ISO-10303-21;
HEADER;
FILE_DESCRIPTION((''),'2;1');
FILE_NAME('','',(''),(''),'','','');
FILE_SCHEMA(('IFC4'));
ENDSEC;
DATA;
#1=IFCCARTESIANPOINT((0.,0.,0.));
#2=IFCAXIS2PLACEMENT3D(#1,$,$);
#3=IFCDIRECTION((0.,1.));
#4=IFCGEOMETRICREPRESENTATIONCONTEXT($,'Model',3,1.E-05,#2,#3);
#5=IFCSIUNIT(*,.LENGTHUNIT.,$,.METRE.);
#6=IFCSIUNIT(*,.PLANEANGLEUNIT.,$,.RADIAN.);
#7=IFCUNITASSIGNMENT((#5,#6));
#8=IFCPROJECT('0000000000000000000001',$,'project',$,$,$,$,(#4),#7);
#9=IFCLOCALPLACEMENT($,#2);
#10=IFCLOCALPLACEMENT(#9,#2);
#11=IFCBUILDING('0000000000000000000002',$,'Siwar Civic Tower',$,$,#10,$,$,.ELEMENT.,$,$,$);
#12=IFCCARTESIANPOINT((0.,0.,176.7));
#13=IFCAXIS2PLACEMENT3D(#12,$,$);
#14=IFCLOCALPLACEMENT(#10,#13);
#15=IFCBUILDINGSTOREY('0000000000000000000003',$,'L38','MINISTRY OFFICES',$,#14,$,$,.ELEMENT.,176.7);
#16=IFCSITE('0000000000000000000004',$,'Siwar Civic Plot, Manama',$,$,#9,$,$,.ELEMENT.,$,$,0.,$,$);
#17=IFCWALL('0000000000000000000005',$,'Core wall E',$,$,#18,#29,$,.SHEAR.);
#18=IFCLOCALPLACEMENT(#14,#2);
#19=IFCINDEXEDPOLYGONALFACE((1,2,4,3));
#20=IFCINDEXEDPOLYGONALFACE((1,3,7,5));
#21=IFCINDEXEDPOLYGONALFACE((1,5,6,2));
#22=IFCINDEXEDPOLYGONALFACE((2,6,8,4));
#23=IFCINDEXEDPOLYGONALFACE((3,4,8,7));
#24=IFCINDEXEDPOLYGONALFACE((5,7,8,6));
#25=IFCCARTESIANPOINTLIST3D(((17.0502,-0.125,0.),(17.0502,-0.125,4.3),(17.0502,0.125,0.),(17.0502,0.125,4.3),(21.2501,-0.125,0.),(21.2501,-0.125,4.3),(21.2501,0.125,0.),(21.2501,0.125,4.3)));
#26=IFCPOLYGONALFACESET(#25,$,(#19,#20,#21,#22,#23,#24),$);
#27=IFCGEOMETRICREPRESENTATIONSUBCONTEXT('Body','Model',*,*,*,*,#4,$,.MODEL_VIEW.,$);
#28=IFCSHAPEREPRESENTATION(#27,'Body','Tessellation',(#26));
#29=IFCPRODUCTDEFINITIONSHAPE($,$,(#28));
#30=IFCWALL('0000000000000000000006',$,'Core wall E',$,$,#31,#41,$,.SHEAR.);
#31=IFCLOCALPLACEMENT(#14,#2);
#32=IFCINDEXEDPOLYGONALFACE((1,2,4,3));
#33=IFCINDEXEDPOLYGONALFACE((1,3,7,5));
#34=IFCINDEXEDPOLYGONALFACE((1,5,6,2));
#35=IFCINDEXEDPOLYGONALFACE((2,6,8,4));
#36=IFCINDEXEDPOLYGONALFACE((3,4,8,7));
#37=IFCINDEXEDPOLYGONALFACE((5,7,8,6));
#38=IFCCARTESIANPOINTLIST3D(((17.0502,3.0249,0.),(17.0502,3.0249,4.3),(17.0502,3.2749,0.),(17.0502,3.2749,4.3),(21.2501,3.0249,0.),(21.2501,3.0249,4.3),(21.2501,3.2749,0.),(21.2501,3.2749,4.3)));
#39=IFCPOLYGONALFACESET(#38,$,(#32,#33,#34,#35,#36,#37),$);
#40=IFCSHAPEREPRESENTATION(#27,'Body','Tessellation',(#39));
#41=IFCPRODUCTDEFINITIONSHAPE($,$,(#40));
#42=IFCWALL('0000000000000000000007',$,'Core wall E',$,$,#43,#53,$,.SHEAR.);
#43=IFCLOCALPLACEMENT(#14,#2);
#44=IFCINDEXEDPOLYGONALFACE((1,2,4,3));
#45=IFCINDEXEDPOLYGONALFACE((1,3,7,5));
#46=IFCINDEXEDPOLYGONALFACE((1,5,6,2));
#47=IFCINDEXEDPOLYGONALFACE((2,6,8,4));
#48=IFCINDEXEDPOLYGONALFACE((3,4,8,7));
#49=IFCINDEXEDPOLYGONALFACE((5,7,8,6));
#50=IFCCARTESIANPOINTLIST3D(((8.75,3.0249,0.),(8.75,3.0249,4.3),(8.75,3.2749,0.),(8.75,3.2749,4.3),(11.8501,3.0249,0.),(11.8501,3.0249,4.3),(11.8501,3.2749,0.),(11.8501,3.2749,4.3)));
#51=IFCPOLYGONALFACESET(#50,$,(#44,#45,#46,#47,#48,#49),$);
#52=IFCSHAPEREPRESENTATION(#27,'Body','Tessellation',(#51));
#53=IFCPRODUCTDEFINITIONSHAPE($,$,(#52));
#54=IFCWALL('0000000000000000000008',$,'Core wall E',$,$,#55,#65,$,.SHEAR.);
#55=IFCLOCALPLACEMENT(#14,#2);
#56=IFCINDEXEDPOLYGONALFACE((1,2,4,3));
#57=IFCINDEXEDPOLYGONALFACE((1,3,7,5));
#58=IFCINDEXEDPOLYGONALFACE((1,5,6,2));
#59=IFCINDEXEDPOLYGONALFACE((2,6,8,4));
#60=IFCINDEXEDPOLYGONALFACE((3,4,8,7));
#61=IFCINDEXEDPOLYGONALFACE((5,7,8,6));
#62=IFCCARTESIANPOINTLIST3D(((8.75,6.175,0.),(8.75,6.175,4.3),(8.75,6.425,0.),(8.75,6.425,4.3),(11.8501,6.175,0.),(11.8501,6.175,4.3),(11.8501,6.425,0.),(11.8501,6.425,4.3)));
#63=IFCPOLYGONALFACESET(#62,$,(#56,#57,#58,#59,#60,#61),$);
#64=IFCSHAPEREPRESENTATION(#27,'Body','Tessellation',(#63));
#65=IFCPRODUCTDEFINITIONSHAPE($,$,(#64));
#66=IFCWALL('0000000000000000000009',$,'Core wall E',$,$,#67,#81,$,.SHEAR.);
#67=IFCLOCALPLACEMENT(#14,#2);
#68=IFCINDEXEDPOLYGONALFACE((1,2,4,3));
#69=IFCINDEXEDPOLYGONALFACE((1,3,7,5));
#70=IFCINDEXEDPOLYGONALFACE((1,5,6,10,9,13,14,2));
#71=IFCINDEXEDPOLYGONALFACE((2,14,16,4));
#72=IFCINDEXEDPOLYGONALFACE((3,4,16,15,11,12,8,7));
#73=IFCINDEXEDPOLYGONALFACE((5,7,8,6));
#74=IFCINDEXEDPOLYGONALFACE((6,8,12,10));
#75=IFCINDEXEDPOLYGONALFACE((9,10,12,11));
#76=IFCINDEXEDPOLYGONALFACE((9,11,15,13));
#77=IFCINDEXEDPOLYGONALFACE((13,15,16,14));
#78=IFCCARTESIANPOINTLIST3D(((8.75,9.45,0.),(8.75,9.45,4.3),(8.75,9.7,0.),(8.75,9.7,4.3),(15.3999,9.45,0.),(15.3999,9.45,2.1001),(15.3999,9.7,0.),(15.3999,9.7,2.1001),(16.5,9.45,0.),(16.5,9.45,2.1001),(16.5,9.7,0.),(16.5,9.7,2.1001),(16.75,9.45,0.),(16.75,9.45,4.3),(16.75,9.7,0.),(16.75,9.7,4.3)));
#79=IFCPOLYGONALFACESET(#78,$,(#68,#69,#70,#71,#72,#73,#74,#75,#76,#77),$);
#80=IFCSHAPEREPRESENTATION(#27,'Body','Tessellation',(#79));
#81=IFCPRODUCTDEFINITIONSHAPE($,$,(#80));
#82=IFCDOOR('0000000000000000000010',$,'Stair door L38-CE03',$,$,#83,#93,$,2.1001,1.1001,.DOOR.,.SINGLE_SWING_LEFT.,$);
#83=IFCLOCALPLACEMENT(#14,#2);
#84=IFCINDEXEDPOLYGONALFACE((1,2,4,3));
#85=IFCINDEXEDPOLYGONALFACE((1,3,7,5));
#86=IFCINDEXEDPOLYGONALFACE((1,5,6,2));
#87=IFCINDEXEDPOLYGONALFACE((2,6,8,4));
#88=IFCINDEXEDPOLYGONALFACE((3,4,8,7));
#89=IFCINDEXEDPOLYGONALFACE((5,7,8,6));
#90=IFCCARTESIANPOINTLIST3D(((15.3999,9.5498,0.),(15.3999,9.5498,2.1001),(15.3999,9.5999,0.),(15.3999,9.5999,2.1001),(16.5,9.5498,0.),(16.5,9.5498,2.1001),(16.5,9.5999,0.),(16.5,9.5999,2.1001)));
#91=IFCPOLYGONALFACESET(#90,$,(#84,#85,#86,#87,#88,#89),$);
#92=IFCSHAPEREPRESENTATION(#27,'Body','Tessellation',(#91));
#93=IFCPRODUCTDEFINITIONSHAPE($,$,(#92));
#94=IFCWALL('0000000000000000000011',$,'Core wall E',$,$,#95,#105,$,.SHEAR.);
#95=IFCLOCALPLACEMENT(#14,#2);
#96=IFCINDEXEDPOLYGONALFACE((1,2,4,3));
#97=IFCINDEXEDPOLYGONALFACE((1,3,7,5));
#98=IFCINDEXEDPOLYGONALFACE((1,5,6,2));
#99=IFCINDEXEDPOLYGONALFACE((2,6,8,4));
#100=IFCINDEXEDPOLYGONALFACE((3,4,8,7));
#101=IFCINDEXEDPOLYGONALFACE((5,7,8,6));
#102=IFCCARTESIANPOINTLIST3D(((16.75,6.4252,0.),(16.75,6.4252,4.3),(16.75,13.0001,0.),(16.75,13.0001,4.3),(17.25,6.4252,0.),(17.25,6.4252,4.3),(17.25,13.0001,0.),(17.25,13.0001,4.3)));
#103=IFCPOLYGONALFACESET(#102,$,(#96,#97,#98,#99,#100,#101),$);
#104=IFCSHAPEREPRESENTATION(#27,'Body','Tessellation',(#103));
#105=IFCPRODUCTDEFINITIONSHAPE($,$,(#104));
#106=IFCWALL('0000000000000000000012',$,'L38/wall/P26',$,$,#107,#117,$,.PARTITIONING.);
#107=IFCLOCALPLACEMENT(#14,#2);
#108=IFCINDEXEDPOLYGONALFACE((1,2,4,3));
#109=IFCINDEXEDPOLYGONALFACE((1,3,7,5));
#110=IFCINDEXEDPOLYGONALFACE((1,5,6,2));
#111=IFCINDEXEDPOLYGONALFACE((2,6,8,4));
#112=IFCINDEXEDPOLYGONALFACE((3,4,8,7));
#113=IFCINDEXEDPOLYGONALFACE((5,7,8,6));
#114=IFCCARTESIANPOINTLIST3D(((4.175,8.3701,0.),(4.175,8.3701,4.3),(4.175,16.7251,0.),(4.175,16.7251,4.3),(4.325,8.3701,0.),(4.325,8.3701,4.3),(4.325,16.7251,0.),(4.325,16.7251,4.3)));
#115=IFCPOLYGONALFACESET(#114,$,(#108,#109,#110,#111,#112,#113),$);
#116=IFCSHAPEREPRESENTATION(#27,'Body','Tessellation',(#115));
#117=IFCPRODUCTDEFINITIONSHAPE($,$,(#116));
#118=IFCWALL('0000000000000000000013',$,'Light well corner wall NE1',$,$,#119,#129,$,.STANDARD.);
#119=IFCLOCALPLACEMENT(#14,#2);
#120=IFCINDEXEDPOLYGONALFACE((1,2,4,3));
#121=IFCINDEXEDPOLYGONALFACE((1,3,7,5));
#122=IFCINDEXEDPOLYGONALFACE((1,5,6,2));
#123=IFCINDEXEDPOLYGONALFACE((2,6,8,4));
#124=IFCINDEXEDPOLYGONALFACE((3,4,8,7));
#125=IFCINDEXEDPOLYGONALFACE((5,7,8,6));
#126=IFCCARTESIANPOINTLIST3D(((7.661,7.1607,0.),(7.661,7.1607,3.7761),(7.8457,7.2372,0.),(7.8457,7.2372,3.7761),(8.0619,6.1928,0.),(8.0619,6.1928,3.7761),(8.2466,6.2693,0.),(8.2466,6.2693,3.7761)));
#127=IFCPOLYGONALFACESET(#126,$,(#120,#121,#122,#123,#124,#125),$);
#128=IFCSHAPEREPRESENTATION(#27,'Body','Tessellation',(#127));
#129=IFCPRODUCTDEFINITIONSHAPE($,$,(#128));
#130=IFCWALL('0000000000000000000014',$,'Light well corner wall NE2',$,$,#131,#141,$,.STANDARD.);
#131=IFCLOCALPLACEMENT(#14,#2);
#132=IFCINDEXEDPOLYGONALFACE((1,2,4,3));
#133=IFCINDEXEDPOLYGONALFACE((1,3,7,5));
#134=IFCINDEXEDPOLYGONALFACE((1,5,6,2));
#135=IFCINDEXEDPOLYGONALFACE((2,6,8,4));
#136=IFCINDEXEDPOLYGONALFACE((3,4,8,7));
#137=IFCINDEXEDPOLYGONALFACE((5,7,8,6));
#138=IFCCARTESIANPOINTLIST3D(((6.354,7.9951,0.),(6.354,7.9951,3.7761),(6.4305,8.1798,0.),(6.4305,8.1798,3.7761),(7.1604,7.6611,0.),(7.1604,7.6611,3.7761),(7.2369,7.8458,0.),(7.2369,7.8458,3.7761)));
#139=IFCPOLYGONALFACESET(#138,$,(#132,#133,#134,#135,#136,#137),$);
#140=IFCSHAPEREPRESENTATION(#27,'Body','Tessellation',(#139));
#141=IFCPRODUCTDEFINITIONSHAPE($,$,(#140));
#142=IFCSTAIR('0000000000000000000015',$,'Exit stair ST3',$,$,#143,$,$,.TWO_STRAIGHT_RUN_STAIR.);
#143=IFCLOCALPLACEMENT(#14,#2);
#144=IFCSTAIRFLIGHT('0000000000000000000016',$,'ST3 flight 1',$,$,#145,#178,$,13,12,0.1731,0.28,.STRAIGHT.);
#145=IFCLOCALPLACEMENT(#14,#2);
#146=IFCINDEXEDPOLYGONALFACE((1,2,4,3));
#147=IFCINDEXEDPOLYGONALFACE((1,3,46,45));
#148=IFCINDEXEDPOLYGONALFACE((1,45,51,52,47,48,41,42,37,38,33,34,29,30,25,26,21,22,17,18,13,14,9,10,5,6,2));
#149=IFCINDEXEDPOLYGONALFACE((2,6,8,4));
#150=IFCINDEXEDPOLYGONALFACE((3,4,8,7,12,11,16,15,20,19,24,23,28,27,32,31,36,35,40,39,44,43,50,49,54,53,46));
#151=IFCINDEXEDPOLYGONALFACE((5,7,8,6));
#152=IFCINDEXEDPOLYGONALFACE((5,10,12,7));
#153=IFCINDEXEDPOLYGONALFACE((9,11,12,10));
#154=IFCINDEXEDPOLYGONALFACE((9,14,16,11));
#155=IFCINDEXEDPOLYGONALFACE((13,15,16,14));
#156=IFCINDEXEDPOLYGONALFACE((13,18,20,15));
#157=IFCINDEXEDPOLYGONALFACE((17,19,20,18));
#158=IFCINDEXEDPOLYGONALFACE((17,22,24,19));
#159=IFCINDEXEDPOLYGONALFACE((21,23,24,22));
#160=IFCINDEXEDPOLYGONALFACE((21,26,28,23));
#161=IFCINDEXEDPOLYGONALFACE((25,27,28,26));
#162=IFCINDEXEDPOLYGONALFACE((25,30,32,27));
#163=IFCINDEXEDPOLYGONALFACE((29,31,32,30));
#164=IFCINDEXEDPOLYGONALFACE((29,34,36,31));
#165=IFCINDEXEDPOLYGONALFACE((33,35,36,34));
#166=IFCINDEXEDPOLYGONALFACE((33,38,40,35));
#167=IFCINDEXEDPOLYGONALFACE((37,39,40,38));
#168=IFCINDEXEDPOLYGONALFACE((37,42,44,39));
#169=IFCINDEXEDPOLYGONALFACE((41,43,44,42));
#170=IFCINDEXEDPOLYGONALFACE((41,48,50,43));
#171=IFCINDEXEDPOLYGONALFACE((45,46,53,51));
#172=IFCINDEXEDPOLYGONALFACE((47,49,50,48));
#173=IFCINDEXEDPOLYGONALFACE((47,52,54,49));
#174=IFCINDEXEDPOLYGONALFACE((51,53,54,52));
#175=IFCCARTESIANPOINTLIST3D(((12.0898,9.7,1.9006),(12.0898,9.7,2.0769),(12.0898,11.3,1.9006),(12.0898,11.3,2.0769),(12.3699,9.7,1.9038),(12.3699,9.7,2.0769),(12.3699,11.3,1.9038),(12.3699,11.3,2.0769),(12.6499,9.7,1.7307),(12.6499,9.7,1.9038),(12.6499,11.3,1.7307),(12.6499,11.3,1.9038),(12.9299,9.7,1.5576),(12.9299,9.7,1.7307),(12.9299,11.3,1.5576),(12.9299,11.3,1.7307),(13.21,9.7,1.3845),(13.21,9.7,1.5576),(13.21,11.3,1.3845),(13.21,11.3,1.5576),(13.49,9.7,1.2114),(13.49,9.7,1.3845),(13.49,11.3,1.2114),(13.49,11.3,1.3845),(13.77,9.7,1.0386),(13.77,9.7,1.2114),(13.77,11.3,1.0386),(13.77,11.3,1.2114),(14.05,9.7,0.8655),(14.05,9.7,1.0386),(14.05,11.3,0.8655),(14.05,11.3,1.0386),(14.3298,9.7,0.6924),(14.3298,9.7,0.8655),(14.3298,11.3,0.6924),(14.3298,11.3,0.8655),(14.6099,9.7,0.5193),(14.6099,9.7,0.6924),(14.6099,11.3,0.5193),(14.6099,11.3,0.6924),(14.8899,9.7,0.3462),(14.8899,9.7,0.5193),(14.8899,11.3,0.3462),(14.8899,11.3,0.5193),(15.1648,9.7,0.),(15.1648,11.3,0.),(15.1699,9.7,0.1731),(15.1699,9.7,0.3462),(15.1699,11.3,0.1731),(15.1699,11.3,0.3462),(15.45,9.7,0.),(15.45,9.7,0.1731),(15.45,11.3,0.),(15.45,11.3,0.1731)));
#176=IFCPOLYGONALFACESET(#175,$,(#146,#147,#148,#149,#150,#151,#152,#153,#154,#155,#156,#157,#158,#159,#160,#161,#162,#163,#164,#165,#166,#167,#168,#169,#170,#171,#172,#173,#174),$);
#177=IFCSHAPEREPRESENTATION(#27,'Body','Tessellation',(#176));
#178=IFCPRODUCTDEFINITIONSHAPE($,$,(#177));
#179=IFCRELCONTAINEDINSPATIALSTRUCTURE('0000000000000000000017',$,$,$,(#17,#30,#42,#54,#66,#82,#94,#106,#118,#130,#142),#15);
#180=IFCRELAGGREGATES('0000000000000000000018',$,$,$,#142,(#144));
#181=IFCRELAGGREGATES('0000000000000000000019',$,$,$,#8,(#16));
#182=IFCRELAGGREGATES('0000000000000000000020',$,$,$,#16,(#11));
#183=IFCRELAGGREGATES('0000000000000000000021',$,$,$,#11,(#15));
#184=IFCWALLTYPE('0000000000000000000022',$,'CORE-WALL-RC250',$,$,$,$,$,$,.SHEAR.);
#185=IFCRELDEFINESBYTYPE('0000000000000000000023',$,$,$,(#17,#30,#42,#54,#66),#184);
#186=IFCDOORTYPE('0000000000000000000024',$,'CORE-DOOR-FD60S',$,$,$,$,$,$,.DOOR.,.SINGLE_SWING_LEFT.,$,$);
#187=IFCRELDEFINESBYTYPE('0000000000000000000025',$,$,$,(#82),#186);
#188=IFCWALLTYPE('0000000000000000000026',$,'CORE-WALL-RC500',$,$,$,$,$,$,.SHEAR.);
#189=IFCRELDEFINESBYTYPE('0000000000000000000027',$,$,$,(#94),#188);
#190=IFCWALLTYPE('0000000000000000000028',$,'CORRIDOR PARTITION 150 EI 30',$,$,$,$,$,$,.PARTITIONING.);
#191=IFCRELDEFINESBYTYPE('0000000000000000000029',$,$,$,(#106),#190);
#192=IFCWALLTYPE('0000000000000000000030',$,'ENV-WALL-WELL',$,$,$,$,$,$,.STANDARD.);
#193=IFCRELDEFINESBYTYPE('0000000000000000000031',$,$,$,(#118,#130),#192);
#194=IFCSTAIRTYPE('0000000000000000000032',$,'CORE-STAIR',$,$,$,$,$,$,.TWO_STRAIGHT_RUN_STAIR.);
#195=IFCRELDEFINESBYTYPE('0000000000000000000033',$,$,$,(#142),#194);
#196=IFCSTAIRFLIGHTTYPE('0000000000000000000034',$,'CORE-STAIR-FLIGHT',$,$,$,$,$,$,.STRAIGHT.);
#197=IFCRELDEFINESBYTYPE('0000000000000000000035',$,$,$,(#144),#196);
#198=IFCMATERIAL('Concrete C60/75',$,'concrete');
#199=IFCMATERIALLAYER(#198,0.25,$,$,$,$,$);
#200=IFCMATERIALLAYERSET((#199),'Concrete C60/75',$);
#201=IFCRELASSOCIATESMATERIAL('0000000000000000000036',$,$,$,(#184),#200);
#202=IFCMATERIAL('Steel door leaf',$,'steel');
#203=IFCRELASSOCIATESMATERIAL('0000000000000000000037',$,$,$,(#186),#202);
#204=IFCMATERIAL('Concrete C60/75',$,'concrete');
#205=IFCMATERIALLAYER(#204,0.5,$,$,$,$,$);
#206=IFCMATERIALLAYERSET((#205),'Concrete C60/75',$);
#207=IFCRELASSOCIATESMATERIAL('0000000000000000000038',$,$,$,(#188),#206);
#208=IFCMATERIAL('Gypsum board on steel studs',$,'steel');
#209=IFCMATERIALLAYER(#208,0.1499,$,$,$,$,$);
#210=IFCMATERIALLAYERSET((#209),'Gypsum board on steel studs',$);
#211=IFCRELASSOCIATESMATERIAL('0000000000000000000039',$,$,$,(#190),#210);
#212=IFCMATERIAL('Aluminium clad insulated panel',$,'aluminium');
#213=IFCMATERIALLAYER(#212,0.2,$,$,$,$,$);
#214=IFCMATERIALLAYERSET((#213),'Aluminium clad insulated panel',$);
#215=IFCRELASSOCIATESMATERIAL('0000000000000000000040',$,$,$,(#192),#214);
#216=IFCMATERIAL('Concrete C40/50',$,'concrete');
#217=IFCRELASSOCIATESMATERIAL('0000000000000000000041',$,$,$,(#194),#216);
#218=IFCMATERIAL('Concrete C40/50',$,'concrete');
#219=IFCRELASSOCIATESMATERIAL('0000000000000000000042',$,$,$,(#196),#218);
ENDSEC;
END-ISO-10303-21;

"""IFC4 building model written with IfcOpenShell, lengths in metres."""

from ifc_helpers import new_model, si_unit, direction, frame, frame_2d, origin, place, context, subcontext, project, spatial, polyline, rectangle, outline, extrude, material, layer, layer_set, type_object, element, fill, aggregate, save


model = new_model("IFC4")

# Units and contexts
model_context = context("Model", 3, precision=1e-05, world=origin(), true_north=direction((0.0, 1.0)))
body_context = subcontext(model_context, "Body", "Model", "MODEL_VIEW")
ifc_project = project(units=[si_unit("LENGTHUNIT", "METRE"), si_unit("PLANEANGLEUNIT", "RADIAN")], contexts=[model_context])

# Site, building, storey
site_placement = place(None, origin())
site = spatial("IfcSite", under=ifc_project, at=site_placement, Name="Siwar Civic Plot, Manama", CompositionType="ELEMENT", RefElevation=0.0)
building_placement = place(site_placement, origin())
building = spatial("IfcBuilding", under=site, at=building_placement, Name="Siwar Civic Tower", CompositionType="ELEMENT")
storey_placement = place(building_placement, frame((0.0, 0.0, 176.7)))
storey = spatial("IfcBuildingStorey", under=building, at=storey_placement, Name="L38", Description="MINISTRY OFFICES", CompositionType="ELEMENT", Elevation=176.7)

# Shared definitions
ifc_material_1 = material(Name="Concrete C60/75", Category="concrete")
ifc_layer_1 = layer(ifc_material_1, 0.25)
ifc_layer_set_1 = layer_set([ifc_layer_1], Name="Concrete C60/75")
wall_type_1 = type_object("IfcWallType", Name="CORE-WALL-RC250", PredefinedType="SHEAR", material=ifc_layer_set_1)

# Walls
for number, where, z_axis, x_axis, name in (
    (1, (17.05, 0.0, 0.0), (0.0, 0.0, 1.0), (1.0, 0.0, 0.0), "Core wall E"),
    (2, (17.05, 3.1499, 0.0), (0.0, 0.0, 1.0), (1.0, 0.0, 0.0), "Core wall E"),
):
    element("IfcWall", number, at=place(storey_placement, frame(where, z_axis=z_axis, x_axis=x_axis)), inside=storey, type_object=wall_type_1, Name=name, PredefinedType="SHEAR", context=body_context, shape_type="SweptSolid", body=[
        extrude(rectangle(XDim=4.2, YDim=0.25, at=frame_2d((2.1001, 0.0))), origin(), (0.0, 0.0, 1.0), 4.3),
    ])
for number, where, z_axis, x_axis, name in (
    (3, (8.75, 3.1499, 0.0), (0.0, 0.0, 1.0), (1.0, 0.0, 0.0), "Core wall E"),
    (4, (8.75, 6.3, 0.0), (0.0, 0.0, 1.0), (1.0, 0.0, 0.0), "Core wall E"),
):
    element("IfcWall", number, at=place(storey_placement, frame(where, z_axis=z_axis, x_axis=x_axis)), inside=storey, type_object=wall_type_1, Name=name, PredefinedType="SHEAR", context=body_context, shape_type="SweptSolid", body=[
        extrude(rectangle(XDim=3.1001, YDim=0.25, at=frame_2d((1.55, 0.0))), origin(), (0.0, 0.0, 1.0), 4.3),
    ])

# Wall, opening, door
wall_1_placement = place(storey_placement, frame((8.75, 9.575, 0.0), z_axis=(0.0, 0.0, 1.0), x_axis=(1.0, 0.0, 0.0)))
wall_1 = element("IfcWall", 5, at=wall_1_placement, inside=storey, type_object=wall_type_1, Name="Core wall E", PredefinedType="SHEAR", context=body_context, shape_type="SweptSolid", body=[
    extrude(rectangle(XDim=8.0, YDim=0.25, at=frame_2d((4.0, 0.0))), origin(), (0.0, 0.0, 1.0), 4.3),
])
opening_1_placement = place(wall_1_placement, frame((6.6499, 0.0, 0.0)))
opening_1 = element("IfcOpeningElement", 6, at=opening_1_placement, cuts=wall_1, PredefinedType="OPENING", context=body_context, shape_type="SweptSolid", body=[
    extrude(rectangle(XDim=1.1001, YDim=2.1001, at=frame_2d((0.55, 1.05))), frame((0.0, 0.135, 0.0), z_axis=(0.0, -1.0, 0.0), x_axis=(1.0, 0.0, 0.0)), (0.0, 0.0, 1.0), 0.27),
])
ifc_material_2 = material(Name="Steel door leaf", Category="steel")
door_type_1 = type_object("IfcDoorType", Name="CORE-DOOR-FD60S", OperationType="SINGLE_SWING_LEFT", PredefinedType="DOOR", material=ifc_material_2)
door_1_placement = place(opening_1_placement, origin())
door_1 = element("IfcDoor", 7, at=door_1_placement, inside=storey, type_object=door_type_1, Name="Stair door L38-CE03", OperationType="SINGLE_SWING_LEFT", OverallHeight=2.1001, OverallWidth=1.1001, PredefinedType="DOOR", context=body_context, shape_type="SweptSolid", body=[
    extrude(rectangle(XDim=1.1001, YDim=2.1001, at=frame_2d((0.55, 1.05))), frame((0.0, 0.0249, 0.0), z_axis=(0.0, -1.0, 0.0), x_axis=(1.0, 0.0, 0.0)), (0.0, 0.0, 1.0), 0.05),
])
fill(opening_1, door_1)

# Walls
ifc_material_3 = material(Name="Concrete C60/75", Category="concrete")
ifc_layer_2 = layer(ifc_material_3, 0.5)
ifc_layer_set_2 = layer_set([ifc_layer_2], Name="Concrete C60/75")
wall_type_2 = type_object("IfcWallType", Name="CORE-WALL-RC500", PredefinedType="SHEAR", material=ifc_layer_set_2)
wall_2_placement = place(storey_placement, frame((17.0, 6.425, 0.0), z_axis=(0.0, 0.0, 1.0), x_axis=(0.0, 1.0, 0.0)))
element("IfcWall", 8, at=wall_2_placement, inside=storey, type_object=wall_type_2, Name="Core wall E", PredefinedType="SHEAR", context=body_context, shape_type="SweptSolid", body=[
    extrude(rectangle(XDim=6.575, YDim=0.5, at=frame_2d((3.2876, 0.0))), origin(), (0.0, 0.0, 1.0), 4.3),
])
ifc_material_4 = material(Name="Gypsum board on steel studs", Category="steel")
ifc_layer_3 = layer(ifc_material_4, 0.1499)
ifc_layer_set_3 = layer_set([ifc_layer_3], Name="Gypsum board on steel studs")
wall_type_3 = type_object("IfcWallType", Name="CORRIDOR PARTITION 150 EI 30", PredefinedType="PARTITIONING", material=ifc_layer_set_3)
wall_3_placement = place(storey_placement, frame((4.25, 8.3701, 0.0), z_axis=(0.0, 0.0, 1.0), x_axis=(0.0, 1.0, 0.0)))
element("IfcWall", 9, at=wall_3_placement, inside=storey, type_object=wall_type_3, Name="L38/wall/P26", PredefinedType="PARTITIONING", context=body_context, shape_type="SweptSolid", body=[
    extrude(rectangle(XDim=8.355, YDim=0.1499, at=frame_2d((4.1775, 0.0))), origin(), (0.0, 0.0, 1.0), 4.3),
])
ifc_material_5 = material(Name="Aluminium clad insulated panel", Category="aluminium")
ifc_layer_4 = layer(ifc_material_5, 0.2)
ifc_layer_set_4 = layer_set([ifc_layer_4], Name="Aluminium clad insulated panel")
wall_type_4 = type_object("IfcWallType", Name="ENV-WALL-WELL", PredefinedType="STANDARD", material=ifc_layer_set_4)
wall_4_placement = place(storey_placement, frame((8.1543, 6.231, 0.0), z_axis=(0.0, 0.0, 1.0), x_axis=(-0.382695, 0.923875, 0.0)))
element("IfcWall", 10, at=wall_4_placement, inside=storey, type_object=wall_type_4, Name="Light well corner wall NE1", PredefinedType="STANDARD", context=body_context, shape_type="SweptSolid", body=[
    extrude(rectangle(XDim=1.0476, YDim=0.2, at=frame_2d((0.5239, 0.0))), origin(), (0.0, 0.0, 1.0), 3.7761),
])
wall_5_placement = place(storey_placement, frame((7.1987, 7.7534, 0.0), z_axis=(0.0, 0.0, 1.0), x_axis=(-0.923894, 0.382648, 0.0)))
element("IfcWall", 11, at=wall_5_placement, inside=storey, type_object=wall_type_4, Name="Light well corner wall NE2", PredefinedType="STANDARD", context=body_context, shape_type="SweptSolid", body=[
    extrude(rectangle(XDim=0.8728, YDim=0.2, at=frame_2d((0.4365, 0.0))), origin(), (0.0, 0.0, 1.0), 3.7761),
])

# Stair, stair flight
ifc_material_6 = material(Name="Concrete C40/50", Category="concrete")
stair_type = type_object("IfcStairType", Name="CORE-STAIR", PredefinedType="TWO_STRAIGHT_RUN_STAIR", material=ifc_material_6)
stair_placement = place(storey_placement, origin())
stair = element("IfcStair", 12, at=stair_placement, inside=storey, type_object=stair_type, Name="Exit stair ST3", PredefinedType="TWO_STRAIGHT_RUN_STAIR")
ifc_material_7 = material(Name="Concrete C40/50", Category="concrete")
stair_flight_type = type_object("IfcStairFlightType", Name="CORE-STAIR-FLIGHT", PredefinedType="STRAIGHT", material=ifc_material_7)
stair_flight_placement = place(storey_placement, frame((15.45, 10.5, 0.0), z_axis=(0.0, 0.0, 1.0), x_axis=(-1.0, 0.0, 0.0)))
stair_flight = element("IfcStairFlight", 13, at=stair_flight_placement, type_object=stair_flight_type, Name="ST3 flight 1", NumberOfRisers=13, NumberOfTreads=12, PredefinedType="STRAIGHT", RiserHeight=0.1731, TreadLength=0.28, context=body_context, shape_type="SweptSolid", body=[
    extrude(outline(polyline([(0.0, 0.0), (0.0, 0.1731), (0.28, 0.1731), (0.28, 0.3462), (0.5601, 0.3462), (0.5601, 0.5193), (0.8401, 0.5193), (0.8401, 0.6924), (1.1201, 0.6924), (1.1201, 0.8655), (1.3999, 0.8655), (1.3999, 1.0386), (1.6799, 1.0386), (1.6799, 1.2114), (1.96, 1.2114), (1.96, 1.3845), (2.24, 1.3845), (2.24, 1.5576), (2.52, 1.5576), (2.52, 1.7307), (2.8, 1.7307), (2.8, 1.9038), (3.0801, 1.9038), (3.0801, 2.0769), (3.3601, 2.0769), (3.3601, 2.25), (3.3601, 1.9006), (0.2852, 0.0), (0.0, 0.0)])), frame((0.0, 0.8, 0.0), z_axis=(0.0, -1.0, 0.0), x_axis=(1.0, 0.0, 0.0)), (0.0, 0.0, 1.0), 1.6001),
])
aggregate(stair, [stair_flight])

save(model, "model.ifc")
